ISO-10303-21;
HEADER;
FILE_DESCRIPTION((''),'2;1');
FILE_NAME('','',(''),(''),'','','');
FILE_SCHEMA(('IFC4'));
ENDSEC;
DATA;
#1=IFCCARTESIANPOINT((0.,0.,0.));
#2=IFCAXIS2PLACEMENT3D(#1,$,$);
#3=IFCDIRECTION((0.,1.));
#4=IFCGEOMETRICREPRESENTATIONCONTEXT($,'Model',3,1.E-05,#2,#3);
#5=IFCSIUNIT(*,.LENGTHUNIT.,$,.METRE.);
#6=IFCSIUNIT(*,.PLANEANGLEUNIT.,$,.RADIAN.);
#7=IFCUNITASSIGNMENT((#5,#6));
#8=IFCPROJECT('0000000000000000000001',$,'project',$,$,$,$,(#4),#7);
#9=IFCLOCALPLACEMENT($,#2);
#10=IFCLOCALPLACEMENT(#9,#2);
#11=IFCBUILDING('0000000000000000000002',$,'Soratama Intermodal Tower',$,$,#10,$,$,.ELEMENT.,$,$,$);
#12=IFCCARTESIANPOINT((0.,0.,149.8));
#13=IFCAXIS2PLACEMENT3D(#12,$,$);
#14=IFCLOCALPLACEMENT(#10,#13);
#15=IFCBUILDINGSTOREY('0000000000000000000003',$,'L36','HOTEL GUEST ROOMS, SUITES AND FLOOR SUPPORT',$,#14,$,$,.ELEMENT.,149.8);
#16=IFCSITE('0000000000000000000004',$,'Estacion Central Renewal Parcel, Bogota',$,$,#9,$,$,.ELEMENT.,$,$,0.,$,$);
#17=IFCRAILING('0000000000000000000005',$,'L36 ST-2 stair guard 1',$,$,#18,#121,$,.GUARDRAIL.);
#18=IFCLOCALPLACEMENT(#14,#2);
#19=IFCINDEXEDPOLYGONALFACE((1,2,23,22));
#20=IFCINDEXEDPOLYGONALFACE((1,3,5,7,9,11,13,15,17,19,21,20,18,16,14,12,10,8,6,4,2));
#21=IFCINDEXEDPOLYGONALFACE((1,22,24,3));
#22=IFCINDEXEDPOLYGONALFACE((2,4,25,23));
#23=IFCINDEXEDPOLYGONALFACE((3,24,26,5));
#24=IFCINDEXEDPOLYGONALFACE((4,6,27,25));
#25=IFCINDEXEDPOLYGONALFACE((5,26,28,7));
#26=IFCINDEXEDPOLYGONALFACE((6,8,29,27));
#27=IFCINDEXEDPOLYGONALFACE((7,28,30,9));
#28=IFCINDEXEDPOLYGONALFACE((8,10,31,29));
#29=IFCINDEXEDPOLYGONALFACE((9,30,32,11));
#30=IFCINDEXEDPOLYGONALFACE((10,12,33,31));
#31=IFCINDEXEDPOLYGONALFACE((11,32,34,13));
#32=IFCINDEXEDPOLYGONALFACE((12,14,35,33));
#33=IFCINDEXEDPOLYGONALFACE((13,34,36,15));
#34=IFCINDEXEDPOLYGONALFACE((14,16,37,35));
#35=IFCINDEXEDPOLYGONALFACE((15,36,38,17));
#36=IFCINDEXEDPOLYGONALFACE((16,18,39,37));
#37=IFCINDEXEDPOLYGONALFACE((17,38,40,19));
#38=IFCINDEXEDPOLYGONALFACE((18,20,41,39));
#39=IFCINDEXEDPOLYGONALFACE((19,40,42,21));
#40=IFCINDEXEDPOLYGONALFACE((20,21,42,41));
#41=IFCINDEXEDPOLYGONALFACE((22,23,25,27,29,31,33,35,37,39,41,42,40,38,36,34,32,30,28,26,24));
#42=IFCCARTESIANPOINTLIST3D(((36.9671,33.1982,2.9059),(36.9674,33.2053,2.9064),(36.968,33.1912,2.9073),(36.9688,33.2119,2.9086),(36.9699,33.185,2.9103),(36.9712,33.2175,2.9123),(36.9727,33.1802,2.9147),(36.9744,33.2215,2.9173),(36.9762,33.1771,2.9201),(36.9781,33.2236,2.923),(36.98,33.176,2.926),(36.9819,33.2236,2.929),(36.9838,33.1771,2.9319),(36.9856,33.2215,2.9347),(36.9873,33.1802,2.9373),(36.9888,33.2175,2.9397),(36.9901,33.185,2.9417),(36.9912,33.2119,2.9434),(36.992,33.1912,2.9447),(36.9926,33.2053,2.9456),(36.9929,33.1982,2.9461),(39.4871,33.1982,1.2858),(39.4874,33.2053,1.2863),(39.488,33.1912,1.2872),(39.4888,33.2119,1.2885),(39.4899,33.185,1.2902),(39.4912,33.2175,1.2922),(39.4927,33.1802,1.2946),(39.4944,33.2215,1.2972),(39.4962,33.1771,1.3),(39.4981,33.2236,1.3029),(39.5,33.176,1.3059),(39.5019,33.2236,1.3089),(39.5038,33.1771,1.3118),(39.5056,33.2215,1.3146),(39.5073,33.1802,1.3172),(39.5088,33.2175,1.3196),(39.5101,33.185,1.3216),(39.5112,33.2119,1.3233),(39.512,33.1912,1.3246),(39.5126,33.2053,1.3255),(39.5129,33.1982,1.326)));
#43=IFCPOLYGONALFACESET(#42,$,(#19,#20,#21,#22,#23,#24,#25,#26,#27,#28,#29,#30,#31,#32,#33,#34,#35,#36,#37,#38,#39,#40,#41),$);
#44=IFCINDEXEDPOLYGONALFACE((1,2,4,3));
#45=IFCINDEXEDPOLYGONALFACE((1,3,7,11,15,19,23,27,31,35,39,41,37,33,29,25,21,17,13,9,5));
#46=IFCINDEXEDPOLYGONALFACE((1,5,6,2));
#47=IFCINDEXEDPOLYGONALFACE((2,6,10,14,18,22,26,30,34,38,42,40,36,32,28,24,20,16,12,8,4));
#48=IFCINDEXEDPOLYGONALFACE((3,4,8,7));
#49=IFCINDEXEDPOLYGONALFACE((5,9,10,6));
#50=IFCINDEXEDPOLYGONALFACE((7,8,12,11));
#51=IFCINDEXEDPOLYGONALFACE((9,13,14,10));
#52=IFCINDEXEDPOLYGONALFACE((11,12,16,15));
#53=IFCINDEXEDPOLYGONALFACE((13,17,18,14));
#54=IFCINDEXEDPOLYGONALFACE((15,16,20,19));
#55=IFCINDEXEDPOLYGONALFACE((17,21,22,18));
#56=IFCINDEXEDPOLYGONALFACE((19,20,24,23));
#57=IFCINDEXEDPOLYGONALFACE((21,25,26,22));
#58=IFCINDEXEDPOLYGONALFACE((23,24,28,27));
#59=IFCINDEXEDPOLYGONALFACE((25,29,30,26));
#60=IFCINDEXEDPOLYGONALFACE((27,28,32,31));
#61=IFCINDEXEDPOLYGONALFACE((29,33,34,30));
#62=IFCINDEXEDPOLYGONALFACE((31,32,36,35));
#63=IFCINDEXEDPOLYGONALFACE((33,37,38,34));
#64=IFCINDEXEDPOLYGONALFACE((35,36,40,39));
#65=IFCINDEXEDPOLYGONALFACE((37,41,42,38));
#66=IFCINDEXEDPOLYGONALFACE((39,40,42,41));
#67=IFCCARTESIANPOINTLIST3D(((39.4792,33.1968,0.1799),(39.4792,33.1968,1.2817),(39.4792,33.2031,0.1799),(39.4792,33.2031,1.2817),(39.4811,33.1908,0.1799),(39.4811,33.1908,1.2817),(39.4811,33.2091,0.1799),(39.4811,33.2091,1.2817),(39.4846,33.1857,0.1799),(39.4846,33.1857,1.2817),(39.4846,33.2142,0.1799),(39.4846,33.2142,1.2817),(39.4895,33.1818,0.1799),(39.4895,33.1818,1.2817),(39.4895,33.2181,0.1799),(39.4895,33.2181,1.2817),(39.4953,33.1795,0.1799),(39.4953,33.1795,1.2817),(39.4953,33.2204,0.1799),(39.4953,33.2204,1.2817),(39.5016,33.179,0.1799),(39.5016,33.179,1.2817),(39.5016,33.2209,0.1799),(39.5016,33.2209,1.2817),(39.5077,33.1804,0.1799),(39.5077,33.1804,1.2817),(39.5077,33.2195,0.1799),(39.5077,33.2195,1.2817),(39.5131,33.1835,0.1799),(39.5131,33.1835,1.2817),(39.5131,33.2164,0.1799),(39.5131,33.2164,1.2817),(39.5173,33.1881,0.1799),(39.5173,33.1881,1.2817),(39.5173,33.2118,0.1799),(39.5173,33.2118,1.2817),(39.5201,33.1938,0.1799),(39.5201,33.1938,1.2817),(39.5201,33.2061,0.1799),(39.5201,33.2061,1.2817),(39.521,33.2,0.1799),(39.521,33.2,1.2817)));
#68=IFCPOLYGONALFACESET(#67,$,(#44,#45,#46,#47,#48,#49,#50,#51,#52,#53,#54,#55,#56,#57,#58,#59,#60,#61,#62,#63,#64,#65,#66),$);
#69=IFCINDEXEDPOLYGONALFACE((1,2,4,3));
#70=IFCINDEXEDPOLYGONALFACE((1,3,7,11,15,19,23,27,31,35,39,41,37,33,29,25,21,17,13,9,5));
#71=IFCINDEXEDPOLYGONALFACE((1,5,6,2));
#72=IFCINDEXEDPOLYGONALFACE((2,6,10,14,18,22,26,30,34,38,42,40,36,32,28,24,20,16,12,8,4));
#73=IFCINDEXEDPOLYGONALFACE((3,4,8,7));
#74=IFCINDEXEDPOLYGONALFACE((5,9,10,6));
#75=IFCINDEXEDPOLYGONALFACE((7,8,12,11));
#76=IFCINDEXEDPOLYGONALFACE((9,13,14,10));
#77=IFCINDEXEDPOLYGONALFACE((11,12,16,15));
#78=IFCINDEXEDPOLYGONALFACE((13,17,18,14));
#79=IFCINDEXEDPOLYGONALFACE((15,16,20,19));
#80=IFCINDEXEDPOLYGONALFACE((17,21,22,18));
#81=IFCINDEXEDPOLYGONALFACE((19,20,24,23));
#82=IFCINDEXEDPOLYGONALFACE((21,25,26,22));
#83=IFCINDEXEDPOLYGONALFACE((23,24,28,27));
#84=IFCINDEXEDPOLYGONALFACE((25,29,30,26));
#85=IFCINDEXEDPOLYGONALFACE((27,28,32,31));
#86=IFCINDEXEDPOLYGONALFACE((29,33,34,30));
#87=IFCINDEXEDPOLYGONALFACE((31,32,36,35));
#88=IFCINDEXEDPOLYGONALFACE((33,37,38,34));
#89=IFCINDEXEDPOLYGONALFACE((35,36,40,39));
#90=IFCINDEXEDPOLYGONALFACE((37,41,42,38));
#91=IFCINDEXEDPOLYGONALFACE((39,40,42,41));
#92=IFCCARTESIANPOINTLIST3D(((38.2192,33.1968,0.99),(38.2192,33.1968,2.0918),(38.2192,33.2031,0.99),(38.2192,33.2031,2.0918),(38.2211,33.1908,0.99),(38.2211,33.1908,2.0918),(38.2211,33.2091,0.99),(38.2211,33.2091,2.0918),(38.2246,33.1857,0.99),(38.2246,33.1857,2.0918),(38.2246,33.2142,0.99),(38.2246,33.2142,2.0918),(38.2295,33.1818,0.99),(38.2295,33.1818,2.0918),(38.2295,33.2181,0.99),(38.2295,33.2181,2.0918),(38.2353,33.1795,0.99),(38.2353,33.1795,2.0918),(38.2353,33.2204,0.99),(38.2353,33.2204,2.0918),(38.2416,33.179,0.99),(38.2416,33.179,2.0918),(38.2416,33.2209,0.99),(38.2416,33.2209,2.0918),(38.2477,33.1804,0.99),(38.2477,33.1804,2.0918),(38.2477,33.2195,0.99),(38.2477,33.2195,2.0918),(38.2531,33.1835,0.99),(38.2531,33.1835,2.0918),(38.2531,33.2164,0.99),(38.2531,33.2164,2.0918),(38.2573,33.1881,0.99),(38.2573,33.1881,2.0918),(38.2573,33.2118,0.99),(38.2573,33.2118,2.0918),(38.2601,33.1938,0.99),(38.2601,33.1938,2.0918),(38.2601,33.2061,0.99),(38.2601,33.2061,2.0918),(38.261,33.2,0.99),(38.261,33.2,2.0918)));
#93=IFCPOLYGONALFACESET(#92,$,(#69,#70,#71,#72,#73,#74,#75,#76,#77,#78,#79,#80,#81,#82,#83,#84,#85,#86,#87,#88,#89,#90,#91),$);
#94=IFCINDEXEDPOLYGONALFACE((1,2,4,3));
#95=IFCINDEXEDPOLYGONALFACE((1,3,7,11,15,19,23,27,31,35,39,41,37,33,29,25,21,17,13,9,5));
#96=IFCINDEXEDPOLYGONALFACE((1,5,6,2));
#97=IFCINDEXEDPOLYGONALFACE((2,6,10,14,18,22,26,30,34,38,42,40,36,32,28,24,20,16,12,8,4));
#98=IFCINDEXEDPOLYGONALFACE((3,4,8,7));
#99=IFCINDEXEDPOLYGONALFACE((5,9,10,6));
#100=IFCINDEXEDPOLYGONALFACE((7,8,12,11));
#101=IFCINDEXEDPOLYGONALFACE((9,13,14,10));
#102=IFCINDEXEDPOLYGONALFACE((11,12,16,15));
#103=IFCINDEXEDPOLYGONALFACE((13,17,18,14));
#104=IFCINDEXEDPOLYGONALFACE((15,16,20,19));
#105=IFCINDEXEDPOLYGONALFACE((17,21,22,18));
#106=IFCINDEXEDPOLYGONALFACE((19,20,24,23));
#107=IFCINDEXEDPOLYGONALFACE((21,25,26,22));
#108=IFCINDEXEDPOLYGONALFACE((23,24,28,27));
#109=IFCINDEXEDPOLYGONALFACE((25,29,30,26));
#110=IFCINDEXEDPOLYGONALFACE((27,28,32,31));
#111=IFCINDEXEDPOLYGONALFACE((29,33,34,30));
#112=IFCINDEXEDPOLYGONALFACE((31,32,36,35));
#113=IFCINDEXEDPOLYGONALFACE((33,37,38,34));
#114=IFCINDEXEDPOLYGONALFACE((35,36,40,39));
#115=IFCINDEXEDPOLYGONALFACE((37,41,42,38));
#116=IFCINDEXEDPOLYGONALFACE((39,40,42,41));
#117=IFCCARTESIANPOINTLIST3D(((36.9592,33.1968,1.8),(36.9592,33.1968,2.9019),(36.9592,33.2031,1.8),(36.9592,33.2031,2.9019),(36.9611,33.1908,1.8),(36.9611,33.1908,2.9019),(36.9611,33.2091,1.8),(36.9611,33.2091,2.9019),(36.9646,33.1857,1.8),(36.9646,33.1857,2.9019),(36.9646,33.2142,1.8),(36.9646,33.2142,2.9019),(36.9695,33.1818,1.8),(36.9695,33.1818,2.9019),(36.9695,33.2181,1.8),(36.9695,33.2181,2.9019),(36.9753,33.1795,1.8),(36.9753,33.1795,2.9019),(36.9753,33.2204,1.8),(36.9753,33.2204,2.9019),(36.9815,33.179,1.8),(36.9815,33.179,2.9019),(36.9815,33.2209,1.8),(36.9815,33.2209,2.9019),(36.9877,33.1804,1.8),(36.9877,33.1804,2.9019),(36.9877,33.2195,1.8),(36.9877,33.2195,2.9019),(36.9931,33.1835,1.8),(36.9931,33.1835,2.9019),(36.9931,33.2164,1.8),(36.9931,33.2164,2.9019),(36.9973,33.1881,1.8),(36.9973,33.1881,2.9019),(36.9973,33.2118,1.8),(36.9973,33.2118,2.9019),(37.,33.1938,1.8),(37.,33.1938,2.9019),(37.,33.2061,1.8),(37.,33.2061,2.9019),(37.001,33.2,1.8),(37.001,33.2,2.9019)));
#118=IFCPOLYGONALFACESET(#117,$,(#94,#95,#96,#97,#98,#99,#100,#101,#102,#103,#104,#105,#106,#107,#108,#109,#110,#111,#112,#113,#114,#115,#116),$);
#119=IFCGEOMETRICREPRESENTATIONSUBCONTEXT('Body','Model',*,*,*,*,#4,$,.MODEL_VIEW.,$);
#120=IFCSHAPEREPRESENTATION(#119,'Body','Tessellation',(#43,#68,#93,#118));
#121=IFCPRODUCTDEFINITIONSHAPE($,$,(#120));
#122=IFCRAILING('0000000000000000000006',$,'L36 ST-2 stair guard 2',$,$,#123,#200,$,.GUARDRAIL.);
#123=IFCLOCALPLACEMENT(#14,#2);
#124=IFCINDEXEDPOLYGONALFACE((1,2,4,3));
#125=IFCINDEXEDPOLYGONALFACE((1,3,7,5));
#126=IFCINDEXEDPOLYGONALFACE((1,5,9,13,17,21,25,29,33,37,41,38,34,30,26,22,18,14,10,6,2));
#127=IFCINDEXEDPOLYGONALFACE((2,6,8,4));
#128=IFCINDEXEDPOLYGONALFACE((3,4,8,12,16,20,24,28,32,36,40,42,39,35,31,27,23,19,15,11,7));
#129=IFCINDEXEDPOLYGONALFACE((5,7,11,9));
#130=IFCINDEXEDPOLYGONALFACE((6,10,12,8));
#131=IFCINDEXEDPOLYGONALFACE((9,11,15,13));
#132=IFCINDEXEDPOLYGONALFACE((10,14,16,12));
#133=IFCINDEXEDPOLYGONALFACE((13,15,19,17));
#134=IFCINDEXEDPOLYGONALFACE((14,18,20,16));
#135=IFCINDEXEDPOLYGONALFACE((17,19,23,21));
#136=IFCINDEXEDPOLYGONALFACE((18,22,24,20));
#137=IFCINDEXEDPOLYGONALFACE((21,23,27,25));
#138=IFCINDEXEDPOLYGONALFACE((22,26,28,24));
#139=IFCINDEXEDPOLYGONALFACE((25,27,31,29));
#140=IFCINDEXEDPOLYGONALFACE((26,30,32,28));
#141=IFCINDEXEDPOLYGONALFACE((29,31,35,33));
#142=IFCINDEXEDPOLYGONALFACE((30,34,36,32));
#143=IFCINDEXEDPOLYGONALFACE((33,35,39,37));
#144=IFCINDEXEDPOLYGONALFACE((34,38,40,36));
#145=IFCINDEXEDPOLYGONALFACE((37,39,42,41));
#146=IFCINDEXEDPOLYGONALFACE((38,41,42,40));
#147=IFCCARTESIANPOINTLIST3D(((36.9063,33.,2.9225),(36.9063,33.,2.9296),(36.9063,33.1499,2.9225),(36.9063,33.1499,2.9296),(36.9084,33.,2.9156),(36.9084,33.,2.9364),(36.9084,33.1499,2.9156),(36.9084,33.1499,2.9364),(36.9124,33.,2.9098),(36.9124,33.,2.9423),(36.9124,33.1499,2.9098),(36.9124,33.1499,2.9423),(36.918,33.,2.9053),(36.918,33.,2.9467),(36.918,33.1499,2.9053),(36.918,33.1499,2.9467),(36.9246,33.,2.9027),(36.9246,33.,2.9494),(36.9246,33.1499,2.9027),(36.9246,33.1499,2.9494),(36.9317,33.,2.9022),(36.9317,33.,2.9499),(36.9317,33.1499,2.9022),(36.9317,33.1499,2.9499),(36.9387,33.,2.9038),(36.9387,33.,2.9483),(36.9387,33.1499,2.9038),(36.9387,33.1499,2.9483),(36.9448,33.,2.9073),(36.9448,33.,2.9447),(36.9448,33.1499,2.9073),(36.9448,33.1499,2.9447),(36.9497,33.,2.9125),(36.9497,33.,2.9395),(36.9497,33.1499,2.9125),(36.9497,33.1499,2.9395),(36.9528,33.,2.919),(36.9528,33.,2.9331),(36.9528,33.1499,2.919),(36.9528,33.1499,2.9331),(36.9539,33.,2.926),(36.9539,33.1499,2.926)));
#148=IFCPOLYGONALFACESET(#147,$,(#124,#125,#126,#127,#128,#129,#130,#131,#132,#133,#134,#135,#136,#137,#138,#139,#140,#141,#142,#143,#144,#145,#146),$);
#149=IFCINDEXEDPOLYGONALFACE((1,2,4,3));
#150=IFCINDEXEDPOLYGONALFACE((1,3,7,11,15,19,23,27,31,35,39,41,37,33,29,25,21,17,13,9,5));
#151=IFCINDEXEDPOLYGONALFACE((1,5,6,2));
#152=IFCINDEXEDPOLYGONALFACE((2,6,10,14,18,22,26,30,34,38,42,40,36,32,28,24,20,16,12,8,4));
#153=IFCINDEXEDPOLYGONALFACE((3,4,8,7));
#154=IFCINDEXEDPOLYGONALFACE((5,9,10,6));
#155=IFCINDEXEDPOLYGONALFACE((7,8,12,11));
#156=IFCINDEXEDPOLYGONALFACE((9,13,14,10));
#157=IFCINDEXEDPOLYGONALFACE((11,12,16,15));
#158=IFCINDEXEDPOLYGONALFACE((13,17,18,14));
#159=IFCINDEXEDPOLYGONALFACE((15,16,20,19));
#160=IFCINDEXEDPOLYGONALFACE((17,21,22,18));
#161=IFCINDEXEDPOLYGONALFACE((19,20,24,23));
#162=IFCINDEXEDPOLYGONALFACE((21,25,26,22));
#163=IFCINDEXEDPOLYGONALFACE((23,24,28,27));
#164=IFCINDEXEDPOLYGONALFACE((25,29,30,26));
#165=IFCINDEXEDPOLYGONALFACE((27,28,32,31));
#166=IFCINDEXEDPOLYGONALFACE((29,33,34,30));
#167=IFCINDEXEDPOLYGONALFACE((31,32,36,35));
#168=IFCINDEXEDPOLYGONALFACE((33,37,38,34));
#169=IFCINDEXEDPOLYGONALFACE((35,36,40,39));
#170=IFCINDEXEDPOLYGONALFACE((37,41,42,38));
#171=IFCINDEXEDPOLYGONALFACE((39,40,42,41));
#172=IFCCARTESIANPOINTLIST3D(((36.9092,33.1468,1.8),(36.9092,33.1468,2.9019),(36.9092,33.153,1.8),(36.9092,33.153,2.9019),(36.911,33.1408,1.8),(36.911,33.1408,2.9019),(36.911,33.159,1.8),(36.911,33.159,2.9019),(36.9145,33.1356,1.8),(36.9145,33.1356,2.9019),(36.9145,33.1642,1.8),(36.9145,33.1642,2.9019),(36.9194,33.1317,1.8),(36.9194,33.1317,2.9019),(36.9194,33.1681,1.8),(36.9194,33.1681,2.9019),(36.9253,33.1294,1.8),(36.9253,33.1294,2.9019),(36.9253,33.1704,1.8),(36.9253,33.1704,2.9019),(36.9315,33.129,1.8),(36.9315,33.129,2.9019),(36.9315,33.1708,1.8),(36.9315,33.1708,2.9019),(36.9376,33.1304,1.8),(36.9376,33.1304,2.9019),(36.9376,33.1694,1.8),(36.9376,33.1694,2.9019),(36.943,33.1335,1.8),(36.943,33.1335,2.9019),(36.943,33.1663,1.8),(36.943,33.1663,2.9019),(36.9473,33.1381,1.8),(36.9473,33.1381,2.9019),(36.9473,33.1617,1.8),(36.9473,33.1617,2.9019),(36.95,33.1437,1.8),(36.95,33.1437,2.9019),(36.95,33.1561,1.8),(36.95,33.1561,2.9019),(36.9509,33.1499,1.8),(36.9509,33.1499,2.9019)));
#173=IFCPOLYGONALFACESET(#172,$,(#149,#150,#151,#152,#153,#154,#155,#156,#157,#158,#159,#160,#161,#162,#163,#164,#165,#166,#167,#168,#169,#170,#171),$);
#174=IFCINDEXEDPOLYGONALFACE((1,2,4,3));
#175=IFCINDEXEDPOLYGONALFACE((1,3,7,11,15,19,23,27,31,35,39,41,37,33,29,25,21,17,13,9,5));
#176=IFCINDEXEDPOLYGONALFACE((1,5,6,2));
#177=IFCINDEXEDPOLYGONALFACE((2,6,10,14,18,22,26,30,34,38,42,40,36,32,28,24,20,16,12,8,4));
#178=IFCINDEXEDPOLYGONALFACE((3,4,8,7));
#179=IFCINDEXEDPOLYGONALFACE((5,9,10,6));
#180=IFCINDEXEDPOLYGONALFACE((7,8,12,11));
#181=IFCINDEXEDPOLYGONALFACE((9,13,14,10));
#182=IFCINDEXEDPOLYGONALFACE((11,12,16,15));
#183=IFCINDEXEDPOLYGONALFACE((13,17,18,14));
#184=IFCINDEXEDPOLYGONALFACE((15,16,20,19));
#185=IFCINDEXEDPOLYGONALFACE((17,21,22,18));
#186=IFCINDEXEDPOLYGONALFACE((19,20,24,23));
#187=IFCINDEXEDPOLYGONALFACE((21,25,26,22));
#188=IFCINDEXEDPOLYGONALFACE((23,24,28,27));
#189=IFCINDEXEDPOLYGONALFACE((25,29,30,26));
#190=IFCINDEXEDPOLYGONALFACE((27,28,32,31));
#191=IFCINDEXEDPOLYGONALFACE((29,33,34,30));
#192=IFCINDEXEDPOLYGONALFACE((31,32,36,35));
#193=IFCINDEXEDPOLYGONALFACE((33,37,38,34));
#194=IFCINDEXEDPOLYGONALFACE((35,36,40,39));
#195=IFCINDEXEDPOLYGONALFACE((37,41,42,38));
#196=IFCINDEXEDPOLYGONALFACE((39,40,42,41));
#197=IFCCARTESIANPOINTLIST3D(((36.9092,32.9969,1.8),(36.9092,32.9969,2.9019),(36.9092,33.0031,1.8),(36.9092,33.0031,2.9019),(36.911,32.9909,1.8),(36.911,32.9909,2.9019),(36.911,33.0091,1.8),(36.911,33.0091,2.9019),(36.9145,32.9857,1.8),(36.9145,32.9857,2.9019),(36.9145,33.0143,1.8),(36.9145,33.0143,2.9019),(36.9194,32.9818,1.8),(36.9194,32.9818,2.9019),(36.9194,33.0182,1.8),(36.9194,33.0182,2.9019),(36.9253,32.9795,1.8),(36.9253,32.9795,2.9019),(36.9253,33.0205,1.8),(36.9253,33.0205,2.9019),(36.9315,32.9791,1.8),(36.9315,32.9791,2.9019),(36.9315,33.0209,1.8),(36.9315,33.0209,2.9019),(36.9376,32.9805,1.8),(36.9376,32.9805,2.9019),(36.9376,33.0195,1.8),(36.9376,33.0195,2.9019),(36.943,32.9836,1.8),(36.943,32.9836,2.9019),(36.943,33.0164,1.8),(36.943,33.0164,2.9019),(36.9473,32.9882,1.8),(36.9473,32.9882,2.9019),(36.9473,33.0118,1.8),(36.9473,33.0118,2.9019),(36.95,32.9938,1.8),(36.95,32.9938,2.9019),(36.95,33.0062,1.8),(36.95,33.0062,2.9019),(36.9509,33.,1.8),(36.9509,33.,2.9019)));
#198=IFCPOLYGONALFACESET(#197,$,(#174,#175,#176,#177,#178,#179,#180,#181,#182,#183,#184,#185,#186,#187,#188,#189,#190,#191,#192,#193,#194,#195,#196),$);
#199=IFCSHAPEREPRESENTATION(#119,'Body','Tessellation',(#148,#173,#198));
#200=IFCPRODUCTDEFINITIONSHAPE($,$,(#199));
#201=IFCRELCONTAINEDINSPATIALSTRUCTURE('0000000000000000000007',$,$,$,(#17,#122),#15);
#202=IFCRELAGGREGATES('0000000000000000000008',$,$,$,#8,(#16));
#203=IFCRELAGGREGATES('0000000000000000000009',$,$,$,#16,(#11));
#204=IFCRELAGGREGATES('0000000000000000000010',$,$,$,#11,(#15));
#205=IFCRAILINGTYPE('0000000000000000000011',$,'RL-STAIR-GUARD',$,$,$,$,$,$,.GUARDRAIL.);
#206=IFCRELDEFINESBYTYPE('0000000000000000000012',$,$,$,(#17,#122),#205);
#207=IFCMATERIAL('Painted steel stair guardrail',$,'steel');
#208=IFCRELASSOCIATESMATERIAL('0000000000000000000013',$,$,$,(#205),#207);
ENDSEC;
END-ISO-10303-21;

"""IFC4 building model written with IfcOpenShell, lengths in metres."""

from ifc_helpers import new_model, si_unit, direction, frame, origin, origin_2d, place, context, subcontext, project, spatial, circle, extrude, material, type_object, element, save


model = new_model("IFC4")

# Units and contexts
model_context = context("Model", 3, precision=1e-05, world=origin(), true_north=direction((0.0, 1.0)))
body_context = subcontext(model_context, "Body", "Model", "MODEL_VIEW")
ifc_project = project(units=[si_unit("LENGTHUNIT", "METRE"), si_unit("PLANEANGLEUNIT", "RADIAN")], contexts=[model_context])

# Site, building, storey
site_placement = place(None, origin())
site = spatial("IfcSite", under=ifc_project, at=site_placement, Name="Estacion Central Renewal Parcel, Bogota", CompositionType="ELEMENT", RefElevation=0.0)
building_placement = place(site_placement, origin())
building = spatial("IfcBuilding", under=site, at=building_placement, Name="Soratama Intermodal Tower", CompositionType="ELEMENT")
storey_placement = place(building_placement, frame((0.0, 0.0, 149.8)))
storey = spatial("IfcBuildingStorey", under=building, at=storey_placement, Name="L36", Description="HOTEL GUEST ROOMS, SUITES AND FLOOR SUPPORT", CompositionType="ELEMENT", Elevation=149.8)

# Railings
ifc_material_1 = material(Name="Painted steel stair guardrail", Category="steel")
railing_type_1 = type_object("IfcRailingType", Name="RL-STAIR-GUARD", PredefinedType="GUARDRAIL", material=ifc_material_1)
railing_1_placement = place(storey_placement, frame((39.5, 33.2, 0.1799)))
element("IfcRailing", 1, at=railing_1_placement, inside=storey, type_object=railing_type_1, Name="L36 ST-2 stair guard 1", PredefinedType="GUARDRAIL", context=body_context, shape_type="SweptSolid", body=[
    extrude(circle(Radius=0.0239, at=origin_2d()), frame((0.0, 0.0, 1.126), z_axis=(-0.841163, 0.0, 0.540782), x_axis=(0.0, -1.0, 0.0)), (0.0, 0.0, 1.0), 2.9958),
    extrude(circle(Radius=0.021, at=origin_2d()), origin(), (0.0, 0.0, 1.0), 1.1018),
    extrude(circle(Radius=0.021, at=origin_2d()), frame((-1.26, 0.0, 0.8101)), (0.0, 0.0, 1.0), 1.1018),
    extrude(circle(Radius=0.021, at=origin_2d()), frame((-2.52, 0.0, 1.6201)), (0.0, 0.0, 1.0), 1.1018),
])
railing_2_placement = place(storey_placement, frame((36.9299, 33.1499, 1.8)))
element("IfcRailing", 2, at=railing_2_placement, inside=storey, type_object=railing_type_1, Name="L36 ST-2 stair guard 2", PredefinedType="GUARDRAIL", context=body_context, shape_type="SweptSolid", body=[
    extrude(circle(Radius=0.0239, at=origin_2d()), frame((0.0, 0.0, 1.126), z_axis=(0.0, -1.0, 0.0), x_axis=(1.0, 0.0, 0.0)), (0.0, 0.0, 1.0), 0.1499),
    extrude(circle(Radius=0.021, at=origin_2d()), origin(), (0.0, 0.0, 1.0), 1.1018),
    extrude(circle(Radius=0.021, at=origin_2d()), frame((0.0, -0.1499, 0.0)), (0.0, 0.0, 1.0), 1.1018),
])

save(model, "model.ifc")
